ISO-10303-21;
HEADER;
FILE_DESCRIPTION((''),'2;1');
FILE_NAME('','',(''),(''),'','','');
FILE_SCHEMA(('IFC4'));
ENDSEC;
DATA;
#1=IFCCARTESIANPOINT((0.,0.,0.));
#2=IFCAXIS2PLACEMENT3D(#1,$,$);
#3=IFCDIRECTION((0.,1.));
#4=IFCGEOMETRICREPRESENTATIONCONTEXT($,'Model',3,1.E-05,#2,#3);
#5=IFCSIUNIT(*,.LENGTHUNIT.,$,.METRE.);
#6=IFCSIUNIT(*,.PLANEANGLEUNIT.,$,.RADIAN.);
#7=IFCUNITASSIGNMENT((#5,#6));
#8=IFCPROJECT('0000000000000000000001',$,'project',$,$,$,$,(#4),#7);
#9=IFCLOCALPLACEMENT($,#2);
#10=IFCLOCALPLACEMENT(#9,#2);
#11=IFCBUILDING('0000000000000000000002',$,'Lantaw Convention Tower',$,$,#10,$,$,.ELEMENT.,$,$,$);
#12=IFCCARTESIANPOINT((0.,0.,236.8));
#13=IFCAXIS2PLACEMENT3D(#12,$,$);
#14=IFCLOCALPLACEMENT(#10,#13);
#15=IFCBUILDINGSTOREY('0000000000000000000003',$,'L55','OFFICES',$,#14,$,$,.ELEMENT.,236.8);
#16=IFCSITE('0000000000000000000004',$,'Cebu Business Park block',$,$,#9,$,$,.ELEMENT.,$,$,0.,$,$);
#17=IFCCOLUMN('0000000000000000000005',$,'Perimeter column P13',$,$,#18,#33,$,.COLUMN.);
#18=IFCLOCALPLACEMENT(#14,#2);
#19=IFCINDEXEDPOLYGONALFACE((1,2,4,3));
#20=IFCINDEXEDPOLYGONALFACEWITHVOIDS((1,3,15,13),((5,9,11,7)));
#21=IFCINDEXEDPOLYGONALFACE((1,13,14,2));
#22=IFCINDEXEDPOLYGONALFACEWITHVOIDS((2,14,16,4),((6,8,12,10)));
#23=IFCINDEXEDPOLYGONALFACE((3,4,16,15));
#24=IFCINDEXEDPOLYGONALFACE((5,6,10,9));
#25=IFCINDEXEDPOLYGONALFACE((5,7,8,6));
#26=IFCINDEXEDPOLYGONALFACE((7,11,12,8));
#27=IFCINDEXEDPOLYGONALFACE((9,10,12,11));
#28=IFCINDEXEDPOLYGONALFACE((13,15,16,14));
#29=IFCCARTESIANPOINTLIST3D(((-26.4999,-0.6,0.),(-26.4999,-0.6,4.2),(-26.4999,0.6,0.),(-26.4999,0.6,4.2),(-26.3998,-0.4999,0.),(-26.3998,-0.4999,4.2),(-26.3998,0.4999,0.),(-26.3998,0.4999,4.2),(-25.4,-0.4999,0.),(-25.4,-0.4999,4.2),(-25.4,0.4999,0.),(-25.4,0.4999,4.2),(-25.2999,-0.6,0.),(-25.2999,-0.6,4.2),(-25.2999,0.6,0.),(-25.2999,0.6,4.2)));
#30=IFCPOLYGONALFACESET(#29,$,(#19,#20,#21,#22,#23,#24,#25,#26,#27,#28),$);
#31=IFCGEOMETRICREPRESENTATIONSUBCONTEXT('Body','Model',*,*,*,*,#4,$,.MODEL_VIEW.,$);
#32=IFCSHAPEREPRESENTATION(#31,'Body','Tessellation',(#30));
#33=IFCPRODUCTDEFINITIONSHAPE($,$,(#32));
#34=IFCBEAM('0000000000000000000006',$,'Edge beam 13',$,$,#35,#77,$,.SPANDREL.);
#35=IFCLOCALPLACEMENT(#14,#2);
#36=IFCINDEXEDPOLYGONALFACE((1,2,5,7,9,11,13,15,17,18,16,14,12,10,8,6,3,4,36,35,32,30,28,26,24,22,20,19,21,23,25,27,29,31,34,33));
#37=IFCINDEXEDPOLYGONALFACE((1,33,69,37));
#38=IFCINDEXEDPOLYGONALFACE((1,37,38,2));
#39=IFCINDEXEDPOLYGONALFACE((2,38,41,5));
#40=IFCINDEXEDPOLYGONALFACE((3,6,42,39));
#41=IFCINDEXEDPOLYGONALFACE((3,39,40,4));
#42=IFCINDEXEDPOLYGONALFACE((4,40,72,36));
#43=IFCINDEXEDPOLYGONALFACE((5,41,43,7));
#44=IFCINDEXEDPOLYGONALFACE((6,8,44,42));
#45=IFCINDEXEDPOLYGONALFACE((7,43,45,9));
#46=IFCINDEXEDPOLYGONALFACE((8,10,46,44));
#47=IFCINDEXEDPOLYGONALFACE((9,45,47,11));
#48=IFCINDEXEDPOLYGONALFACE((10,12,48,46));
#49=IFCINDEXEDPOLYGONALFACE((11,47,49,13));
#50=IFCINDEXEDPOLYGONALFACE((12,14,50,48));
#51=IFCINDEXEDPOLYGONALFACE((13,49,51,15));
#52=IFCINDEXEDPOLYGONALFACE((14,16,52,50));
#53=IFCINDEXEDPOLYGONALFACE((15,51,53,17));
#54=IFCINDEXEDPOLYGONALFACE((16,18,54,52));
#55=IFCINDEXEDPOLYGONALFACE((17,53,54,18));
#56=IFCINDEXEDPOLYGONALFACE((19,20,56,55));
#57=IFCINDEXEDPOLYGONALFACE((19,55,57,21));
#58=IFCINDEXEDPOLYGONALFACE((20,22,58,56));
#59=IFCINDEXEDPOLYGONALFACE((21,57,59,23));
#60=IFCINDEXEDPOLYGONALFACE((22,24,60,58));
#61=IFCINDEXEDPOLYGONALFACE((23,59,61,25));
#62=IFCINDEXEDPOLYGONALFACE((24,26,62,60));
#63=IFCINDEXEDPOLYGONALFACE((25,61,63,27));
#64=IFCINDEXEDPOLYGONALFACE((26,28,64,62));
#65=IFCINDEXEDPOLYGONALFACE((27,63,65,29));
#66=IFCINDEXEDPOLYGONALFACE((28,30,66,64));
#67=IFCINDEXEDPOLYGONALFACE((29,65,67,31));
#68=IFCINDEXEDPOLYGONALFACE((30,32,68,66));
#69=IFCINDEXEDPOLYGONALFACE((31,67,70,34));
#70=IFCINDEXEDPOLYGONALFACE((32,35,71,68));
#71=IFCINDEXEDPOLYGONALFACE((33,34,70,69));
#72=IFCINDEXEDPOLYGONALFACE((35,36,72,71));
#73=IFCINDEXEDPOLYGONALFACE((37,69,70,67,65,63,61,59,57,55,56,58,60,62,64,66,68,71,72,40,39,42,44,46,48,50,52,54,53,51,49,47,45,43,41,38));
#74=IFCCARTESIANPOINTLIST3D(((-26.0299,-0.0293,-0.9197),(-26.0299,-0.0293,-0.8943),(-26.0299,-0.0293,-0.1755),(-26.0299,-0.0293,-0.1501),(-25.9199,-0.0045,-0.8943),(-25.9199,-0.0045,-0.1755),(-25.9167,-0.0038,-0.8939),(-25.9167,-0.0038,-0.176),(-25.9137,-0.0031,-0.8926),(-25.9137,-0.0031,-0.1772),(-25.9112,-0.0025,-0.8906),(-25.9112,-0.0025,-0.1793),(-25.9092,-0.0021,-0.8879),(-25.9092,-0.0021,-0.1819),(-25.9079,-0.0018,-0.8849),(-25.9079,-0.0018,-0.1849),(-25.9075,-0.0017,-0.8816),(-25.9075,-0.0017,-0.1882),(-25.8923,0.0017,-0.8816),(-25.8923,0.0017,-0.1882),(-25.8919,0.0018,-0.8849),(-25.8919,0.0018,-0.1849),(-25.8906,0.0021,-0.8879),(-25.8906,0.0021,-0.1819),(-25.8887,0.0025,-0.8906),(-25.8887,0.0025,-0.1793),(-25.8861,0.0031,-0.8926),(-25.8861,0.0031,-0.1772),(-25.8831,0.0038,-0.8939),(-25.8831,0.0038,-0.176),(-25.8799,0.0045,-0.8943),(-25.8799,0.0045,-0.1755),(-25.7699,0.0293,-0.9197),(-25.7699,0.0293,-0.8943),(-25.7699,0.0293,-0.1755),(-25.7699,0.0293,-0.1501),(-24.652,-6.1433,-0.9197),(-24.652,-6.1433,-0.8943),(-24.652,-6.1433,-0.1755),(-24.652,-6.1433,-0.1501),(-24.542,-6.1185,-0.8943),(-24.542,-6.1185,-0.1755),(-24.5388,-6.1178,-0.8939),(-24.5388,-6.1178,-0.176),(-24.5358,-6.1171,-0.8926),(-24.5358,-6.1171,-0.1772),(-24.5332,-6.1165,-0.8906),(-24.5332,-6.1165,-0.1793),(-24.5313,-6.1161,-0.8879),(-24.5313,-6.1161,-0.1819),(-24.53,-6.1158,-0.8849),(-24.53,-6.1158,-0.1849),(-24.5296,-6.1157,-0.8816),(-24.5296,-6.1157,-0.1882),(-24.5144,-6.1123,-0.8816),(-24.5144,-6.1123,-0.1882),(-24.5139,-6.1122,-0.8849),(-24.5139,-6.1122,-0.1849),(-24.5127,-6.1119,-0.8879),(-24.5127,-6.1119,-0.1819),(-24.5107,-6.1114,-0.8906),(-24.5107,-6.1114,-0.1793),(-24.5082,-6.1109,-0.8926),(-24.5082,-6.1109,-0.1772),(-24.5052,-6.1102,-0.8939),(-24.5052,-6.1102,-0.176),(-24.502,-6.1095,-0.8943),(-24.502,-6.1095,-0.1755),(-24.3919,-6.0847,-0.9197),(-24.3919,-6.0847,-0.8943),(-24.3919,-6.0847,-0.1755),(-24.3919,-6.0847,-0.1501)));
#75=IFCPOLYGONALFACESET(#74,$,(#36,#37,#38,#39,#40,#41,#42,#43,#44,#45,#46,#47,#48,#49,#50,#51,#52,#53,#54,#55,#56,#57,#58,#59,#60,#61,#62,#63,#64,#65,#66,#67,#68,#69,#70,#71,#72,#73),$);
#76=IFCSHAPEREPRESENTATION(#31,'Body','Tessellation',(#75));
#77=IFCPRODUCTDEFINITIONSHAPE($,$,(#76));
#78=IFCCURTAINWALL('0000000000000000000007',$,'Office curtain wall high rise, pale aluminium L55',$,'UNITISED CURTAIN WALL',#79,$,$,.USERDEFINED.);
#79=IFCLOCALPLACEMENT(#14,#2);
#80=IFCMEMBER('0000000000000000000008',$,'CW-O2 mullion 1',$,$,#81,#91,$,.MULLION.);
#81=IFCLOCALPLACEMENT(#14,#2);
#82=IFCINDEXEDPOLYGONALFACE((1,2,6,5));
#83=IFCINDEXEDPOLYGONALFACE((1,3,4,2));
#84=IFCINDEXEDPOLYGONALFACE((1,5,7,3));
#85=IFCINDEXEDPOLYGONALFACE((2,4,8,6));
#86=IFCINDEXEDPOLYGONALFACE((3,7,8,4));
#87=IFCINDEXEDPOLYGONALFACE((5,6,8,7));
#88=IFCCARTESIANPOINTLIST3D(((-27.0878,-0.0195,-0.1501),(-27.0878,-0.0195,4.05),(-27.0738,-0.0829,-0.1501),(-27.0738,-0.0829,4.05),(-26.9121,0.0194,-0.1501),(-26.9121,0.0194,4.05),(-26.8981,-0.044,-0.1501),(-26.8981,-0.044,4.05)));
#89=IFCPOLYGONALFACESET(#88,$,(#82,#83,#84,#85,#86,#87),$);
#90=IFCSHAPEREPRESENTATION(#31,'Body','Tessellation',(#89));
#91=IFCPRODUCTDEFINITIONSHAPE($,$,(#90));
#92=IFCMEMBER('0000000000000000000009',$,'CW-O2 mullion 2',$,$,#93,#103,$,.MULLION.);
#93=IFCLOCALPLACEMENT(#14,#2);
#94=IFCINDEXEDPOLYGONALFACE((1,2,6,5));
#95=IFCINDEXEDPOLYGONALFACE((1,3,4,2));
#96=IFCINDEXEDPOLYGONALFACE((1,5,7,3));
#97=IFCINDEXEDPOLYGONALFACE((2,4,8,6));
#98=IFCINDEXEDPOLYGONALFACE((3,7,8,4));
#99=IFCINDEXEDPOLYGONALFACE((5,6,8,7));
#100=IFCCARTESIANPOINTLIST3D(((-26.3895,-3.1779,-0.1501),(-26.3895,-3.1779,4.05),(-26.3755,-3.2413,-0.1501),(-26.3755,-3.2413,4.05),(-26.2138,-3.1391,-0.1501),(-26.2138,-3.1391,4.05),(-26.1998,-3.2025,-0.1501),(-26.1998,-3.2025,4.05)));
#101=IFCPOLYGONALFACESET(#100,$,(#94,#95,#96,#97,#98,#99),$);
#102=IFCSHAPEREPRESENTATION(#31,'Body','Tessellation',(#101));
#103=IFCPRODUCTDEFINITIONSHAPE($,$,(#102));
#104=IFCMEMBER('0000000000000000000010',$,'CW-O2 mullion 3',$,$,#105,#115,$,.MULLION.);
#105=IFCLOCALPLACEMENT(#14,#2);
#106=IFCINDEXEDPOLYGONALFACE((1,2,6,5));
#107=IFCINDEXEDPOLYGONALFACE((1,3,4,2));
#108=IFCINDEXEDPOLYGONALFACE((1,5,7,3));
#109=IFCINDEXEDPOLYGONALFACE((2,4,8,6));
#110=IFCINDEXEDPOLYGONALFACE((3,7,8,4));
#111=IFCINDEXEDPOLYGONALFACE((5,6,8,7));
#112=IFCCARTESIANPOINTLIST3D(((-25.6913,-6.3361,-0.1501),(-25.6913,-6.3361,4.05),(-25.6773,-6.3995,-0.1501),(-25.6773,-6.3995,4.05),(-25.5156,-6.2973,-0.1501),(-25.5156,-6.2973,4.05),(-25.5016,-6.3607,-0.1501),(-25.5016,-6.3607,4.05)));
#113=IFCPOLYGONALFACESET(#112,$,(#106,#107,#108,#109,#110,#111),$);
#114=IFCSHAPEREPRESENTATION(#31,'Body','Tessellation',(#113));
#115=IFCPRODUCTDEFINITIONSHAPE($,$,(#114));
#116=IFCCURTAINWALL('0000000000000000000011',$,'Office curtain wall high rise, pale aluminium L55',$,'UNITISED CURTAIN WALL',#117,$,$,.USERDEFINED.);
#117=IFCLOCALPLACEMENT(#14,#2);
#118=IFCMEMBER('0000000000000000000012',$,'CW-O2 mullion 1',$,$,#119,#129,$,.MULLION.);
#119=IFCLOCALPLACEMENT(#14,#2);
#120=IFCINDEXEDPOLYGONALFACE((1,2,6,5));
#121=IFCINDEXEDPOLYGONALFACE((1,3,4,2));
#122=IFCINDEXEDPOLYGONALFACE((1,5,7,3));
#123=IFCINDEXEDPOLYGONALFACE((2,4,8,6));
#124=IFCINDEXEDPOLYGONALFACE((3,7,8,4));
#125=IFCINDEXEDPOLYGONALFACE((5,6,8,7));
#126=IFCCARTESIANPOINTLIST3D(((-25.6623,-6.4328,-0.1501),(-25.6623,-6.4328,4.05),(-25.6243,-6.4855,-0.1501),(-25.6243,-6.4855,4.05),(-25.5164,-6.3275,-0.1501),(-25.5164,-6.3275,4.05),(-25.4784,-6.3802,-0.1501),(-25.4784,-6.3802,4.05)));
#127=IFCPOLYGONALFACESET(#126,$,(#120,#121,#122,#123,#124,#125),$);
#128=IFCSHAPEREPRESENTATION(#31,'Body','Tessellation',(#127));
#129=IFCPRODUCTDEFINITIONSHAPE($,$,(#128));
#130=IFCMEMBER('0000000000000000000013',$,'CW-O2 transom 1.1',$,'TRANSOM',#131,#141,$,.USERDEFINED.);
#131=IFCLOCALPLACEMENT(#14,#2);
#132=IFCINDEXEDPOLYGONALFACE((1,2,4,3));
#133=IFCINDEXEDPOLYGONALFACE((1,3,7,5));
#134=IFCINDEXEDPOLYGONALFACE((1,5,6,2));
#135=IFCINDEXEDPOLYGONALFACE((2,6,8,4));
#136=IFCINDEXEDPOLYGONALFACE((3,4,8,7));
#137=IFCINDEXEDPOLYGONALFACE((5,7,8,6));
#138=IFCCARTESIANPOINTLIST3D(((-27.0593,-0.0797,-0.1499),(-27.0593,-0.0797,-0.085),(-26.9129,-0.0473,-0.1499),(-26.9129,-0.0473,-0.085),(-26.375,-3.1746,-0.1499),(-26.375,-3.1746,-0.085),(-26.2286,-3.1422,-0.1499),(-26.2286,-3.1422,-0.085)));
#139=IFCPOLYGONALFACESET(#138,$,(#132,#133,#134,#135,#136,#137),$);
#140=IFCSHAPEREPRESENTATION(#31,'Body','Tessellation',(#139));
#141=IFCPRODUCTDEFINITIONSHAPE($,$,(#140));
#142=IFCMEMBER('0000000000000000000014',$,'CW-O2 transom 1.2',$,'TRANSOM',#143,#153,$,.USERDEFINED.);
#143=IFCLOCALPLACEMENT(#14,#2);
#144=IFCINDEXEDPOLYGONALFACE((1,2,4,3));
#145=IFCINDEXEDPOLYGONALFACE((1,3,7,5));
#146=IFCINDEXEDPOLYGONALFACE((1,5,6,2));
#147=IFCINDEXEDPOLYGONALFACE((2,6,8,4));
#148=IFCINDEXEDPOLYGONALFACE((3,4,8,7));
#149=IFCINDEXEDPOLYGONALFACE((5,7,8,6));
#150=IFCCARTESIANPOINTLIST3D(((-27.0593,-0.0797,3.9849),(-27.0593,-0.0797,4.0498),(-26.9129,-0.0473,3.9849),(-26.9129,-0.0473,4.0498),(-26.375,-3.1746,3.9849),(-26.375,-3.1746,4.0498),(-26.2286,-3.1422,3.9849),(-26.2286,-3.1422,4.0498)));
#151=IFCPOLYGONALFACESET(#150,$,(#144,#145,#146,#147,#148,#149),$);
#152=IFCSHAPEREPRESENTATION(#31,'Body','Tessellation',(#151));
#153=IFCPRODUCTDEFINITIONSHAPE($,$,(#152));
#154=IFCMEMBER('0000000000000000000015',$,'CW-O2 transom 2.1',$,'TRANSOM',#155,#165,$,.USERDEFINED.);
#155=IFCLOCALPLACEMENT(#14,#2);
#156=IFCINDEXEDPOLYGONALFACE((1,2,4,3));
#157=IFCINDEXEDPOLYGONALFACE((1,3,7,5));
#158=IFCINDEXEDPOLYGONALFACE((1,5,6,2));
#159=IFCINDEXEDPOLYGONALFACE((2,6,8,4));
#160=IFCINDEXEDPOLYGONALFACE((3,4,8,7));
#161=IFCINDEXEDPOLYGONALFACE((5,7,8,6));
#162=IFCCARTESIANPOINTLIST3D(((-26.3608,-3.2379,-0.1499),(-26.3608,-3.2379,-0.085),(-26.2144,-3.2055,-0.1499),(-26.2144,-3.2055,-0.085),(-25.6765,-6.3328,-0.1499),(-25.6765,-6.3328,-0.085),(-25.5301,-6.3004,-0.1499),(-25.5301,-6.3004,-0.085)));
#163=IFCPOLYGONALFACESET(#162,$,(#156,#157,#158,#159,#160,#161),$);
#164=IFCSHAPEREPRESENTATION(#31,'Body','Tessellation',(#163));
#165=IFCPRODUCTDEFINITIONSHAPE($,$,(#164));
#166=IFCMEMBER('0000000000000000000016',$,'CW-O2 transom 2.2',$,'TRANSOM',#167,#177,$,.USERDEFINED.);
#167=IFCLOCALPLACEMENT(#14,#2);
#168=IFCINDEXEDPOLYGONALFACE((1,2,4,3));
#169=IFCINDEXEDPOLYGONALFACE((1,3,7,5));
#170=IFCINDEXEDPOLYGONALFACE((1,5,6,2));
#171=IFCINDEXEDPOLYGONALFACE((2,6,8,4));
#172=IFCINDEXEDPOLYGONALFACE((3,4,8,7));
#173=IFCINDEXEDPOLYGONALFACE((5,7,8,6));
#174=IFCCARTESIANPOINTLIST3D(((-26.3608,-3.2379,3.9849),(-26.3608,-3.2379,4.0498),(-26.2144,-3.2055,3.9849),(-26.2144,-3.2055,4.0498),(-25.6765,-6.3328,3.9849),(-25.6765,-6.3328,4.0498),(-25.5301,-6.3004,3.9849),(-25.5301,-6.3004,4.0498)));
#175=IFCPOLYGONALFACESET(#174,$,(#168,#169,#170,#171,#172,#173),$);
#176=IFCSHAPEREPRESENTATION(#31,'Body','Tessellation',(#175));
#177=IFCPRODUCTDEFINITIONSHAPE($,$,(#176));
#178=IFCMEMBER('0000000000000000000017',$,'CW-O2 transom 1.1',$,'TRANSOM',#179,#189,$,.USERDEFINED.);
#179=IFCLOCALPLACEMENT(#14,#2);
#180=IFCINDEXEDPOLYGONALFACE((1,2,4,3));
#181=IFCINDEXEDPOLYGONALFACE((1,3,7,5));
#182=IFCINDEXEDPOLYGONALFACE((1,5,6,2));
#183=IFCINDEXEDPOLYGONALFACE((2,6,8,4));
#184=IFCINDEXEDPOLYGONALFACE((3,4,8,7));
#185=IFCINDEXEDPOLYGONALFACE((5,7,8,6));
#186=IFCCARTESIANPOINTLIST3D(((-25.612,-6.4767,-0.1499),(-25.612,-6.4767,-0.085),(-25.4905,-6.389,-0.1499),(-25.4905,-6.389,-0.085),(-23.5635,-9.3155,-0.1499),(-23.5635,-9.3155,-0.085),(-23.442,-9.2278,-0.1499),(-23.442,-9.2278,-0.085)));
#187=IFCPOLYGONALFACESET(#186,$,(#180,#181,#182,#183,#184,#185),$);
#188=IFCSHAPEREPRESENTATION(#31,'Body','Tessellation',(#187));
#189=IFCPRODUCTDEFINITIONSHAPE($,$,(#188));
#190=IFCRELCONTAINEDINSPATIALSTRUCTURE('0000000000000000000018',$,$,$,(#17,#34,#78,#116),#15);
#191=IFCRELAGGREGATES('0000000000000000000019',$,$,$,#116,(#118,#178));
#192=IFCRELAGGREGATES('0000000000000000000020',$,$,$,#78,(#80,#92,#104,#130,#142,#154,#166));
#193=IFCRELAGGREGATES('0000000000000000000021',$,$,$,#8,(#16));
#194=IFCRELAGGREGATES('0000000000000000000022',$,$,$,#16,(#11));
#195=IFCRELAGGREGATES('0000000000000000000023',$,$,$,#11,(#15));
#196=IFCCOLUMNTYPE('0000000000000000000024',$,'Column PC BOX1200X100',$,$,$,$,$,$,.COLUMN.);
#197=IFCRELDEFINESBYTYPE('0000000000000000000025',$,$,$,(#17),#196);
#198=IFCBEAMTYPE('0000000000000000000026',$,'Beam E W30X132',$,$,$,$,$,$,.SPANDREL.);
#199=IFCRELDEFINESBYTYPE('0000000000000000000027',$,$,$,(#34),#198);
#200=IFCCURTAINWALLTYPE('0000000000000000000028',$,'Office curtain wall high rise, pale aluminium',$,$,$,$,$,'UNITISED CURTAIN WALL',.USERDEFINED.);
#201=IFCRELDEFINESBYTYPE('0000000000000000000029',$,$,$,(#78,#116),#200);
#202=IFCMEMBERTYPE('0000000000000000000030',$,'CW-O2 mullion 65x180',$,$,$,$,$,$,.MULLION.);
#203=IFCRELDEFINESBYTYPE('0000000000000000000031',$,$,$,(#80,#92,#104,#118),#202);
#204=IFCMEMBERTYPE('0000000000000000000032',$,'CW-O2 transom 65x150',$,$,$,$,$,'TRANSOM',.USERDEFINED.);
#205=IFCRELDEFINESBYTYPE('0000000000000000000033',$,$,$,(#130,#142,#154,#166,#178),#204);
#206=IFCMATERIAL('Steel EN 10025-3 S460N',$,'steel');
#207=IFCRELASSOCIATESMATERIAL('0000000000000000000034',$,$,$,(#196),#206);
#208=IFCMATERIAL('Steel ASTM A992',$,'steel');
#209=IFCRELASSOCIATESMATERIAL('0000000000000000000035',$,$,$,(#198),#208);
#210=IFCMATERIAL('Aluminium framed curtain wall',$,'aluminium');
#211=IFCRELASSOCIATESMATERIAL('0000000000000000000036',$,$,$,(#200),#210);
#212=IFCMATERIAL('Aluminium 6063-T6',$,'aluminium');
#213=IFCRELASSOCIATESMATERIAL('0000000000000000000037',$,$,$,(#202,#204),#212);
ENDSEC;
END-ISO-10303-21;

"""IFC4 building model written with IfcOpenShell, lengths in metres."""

from ifc_helpers import new_model, si_unit, direction, frame, origin, origin_2d, place, context, subcontext, project, spatial, rectangle, hollow_rectangle, i_section, extrude, material, material_profile, profile_set, type_object, element, aggregate, save


model = new_model("IFC4")

# Units and contexts
model_context = context("Model", 3, precision=1e-05, world=origin(), true_north=direction((0.0, 1.0)))
body_context = subcontext(model_context, "Body", "Model", "MODEL_VIEW")
ifc_project = project(units=[si_unit("LENGTHUNIT", "METRE"), si_unit("PLANEANGLEUNIT", "RADIAN")], contexts=[model_context])

# Site, building, storey
site_placement = place(None, origin())
site = spatial("IfcSite", under=ifc_project, at=site_placement, Name="Cebu Business Park block", CompositionType="ELEMENT", RefElevation=0.0)
building_placement = place(site_placement, origin())
building = spatial("IfcBuilding", under=site, at=building_placement, Name="Lantaw Convention Tower", CompositionType="ELEMENT")
storey_placement = place(building_placement, frame((0.0, 0.0, 236.8)))
storey = spatial("IfcBuildingStorey", under=building, at=storey_placement, Name="L55", Description="OFFICES", CompositionType="ELEMENT", Elevation=236.8)

# Column
ifc_material_1 = material(Name="Steel EN 10025-3 S460N", Category="steel")
ifc_material_profile_1 = material_profile(ifc_material_1, hollow_rectangle(XDim=1.2, YDim=1.2, WallThickness=0.1001, at=origin_2d()), Name="BOX1200X100")
ifc_material_2 = material(Name="Concrete C60/75", Category="concrete")
ifc_material_profile_2 = material_profile(ifc_material_2, rectangle(XDim=1.0, YDim=1.0, at=origin_2d()), Name="Concrete fill of BOX1200X100")
ifc_profile_set_1 = profile_set([ifc_material_profile_1, ifc_material_profile_2], Name="Steel EN 10025-3 S460N")
column_type = type_object("IfcColumnType", Name="Column PC BOX1200X100", PredefinedType="COLUMN", material=ifc_profile_set_1)
column_placement = place(storey_placement, frame((-25.8999, 0.0, 0.0), z_axis=(0.0, 0.0, 1.0), x_axis=(1.0, 0.0, 0.0)))
element("IfcColumn", 1, at=column_placement, inside=storey, type_object=column_type, Name="Perimeter column P13", PredefinedType="COLUMN", context=body_context, shape_type="SweptSolid", body=[
    extrude(hollow_rectangle(XDim=1.2, YDim=1.2, WallThickness=0.1001, at=origin_2d()), origin(), (0.0, 0.0, 1.0), 4.2),
])

# Beam
ifc_material_3 = material(Name="Steel ASTM A992", Category="steel")
ifc_material_profile_3 = material_profile(ifc_material_3, i_section(OverallWidth=0.2666, OverallDepth=0.7695, WebThickness=0.0156, FlangeThickness=0.0254, FilletRadius=0.0127, at=origin_2d()), Name="W30X132")
ifc_profile_set_2 = profile_set([ifc_material_profile_3], Name="Steel ASTM A992")
beam_type = type_object("IfcBeamType", Name="Beam E W30X132", PredefinedType="SPANDREL", material=ifc_profile_set_2)
beam_placement = place(storey_placement, frame((-25.8999, 0.0, -0.5349), z_axis=(0.219858, -0.975532, 0.0), x_axis=(0.975532, 0.219858, 0.0)))
element("IfcBeam", 2, at=beam_placement, inside=storey, type_object=beam_type, Name="Edge beam 13", PredefinedType="SPANDREL", context=body_context, shape_type="SweptSolid", body=[
    extrude(i_section(OverallWidth=0.2666, OverallDepth=0.7695, WebThickness=0.0156, FlangeThickness=0.0254, FilletRadius=0.0127, at=origin_2d()), origin(), (0.0, 0.0, 1.0), 6.2673),
])

# Curtain wall, members
ifc_material_4 = material(Name="Aluminium framed curtain wall", Category="aluminium")
curtain_wall_type = type_object("IfcCurtainWallType", Name="Office curtain wall high rise, pale aluminium", ElementType="UNITISED CURTAIN WALL", PredefinedType="USERDEFINED", material=ifc_material_4)
curtain_wall_1_placement = place(storey_placement, origin())
curtain_wall_1 = element("IfcCurtainWall", 3, at=curtain_wall_1_placement, inside=storey, type_object=curtain_wall_type, Name="Office curtain wall high rise, pale aluminium L55", ObjectType="UNITISED CURTAIN WALL", PredefinedType="USERDEFINED")
ifc_material_5 = material(Name="Aluminium 6063-T6", Category="aluminium")
ifc_material_profile_4 = material_profile(ifc_material_5, rectangle(XDim=0.1799, YDim=0.0649, at=origin_2d()), Name="CW-O2 mullion 65x180")
ifc_profile_set_3 = profile_set([ifc_material_profile_4], Name="Aluminium 6063-T6")
member_type_1 = type_object("IfcMemberType", Name="CW-O2 mullion 65x180", PredefinedType="MULLION", material=ifc_profile_set_3)
member_1_placement = place(storey_placement, frame((-26.9929, -0.0317, -0.1501), z_axis=(0.0, 0.0, 1.0), x_axis=(0.976417, 0.215891, 0.0)))
member_1 = element("IfcMember", 4, at=member_1_placement, type_object=member_type_1, Name="CW-O2 mullion 1", PredefinedType="MULLION", context=body_context, shape_type="SweptSolid", body=[
    extrude(rectangle(XDim=0.1799, YDim=0.0649, at=origin_2d()), origin(), (0.0, 0.0, 1.0), 4.2002),
])
member_2_placement = place(storey_placement, frame((-26.2947, -3.1902, -0.1501), z_axis=(0.0, 0.0, 1.0), x_axis=(0.976417, 0.215891, 0.0)))
member_2 = element("IfcMember", 5, at=member_2_placement, type_object=member_type_1, Name="CW-O2 mullion 2", PredefinedType="MULLION", context=body_context, shape_type="SweptSolid", body=[
    extrude(rectangle(XDim=0.1799, YDim=0.0649, at=origin_2d()), origin(), (0.0, 0.0, 1.0), 4.2002),
])
member_3_placement = place(storey_placement, frame((-25.5964, -6.3484, -0.1501), z_axis=(0.0, 0.0, 1.0), x_axis=(0.976417, 0.215891, 0.0)))
member_3 = element("IfcMember", 6, at=member_3_placement, type_object=member_type_1, Name="CW-O2 mullion 3", PredefinedType="MULLION", context=body_context, shape_type="SweptSolid", body=[
    extrude(rectangle(XDim=0.1799, YDim=0.0649, at=origin_2d()), origin(), (0.0, 0.0, 1.0), 4.2002),
])

# Curtain wall, member
curtain_wall_2_placement = place(storey_placement, origin())
curtain_wall_2 = element("IfcCurtainWall", 7, at=curtain_wall_2_placement, inside=storey, type_object=curtain_wall_type, Name="Office curtain wall high rise, pale aluminium L55", ObjectType="UNITISED CURTAIN WALL", PredefinedType="USERDEFINED")
member_4_placement = place(storey_placement, frame((-25.5703, -6.4065, -0.1501), z_axis=(0.0, 0.0, 1.0), x_axis=(0.81092, 0.585158, 0.0)))
member_4 = element("IfcMember", 8, at=member_4_placement, type_object=member_type_1, Name="CW-O2 mullion 1", PredefinedType="MULLION", context=body_context, shape_type="SweptSolid", body=[
    extrude(rectangle(XDim=0.1799, YDim=0.0649, at=origin_2d()), origin(), (0.0, 0.0, 1.0), 4.2002),
])

# Members
ifc_material_profile_5 = material_profile(ifc_material_5, rectangle(XDim=0.1499, YDim=0.0649, at=origin_2d()), Name="CW-O2 transom 65x150")
ifc_profile_set_4 = profile_set([ifc_material_profile_5], Name="Aluminium 6063-T6")
member_type_2 = type_object("IfcMemberType", Name="CW-O2 transom 65x150", ElementType="TRANSOM", PredefinedType="USERDEFINED", material=ifc_profile_set_4)
member_5_placement = place(storey_placement, frame((-26.9861, -0.0635, -0.1174), z_axis=(0.215895, -0.976417, 0.0), x_axis=(0.976417, 0.215895, 0.0)))
member_5 = element("IfcMember", 9, at=member_5_placement, type_object=member_type_2, Name="CW-O2 transom 1.1", ObjectType="TRANSOM", PredefinedType="USERDEFINED", context=body_context, shape_type="SweptSolid", body=[
    extrude(rectangle(XDim=0.1499, YDim=0.0649, at=origin_2d()), origin(), (0.0, 0.0, 1.0), 3.1697),
])
member_6_placement = place(storey_placement, frame((-26.9861, -0.0635, 4.0173), z_axis=(0.215895, -0.976417, 0.0), x_axis=(0.976417, 0.215895, 0.0)))
member_6 = element("IfcMember", 10, at=member_6_placement, type_object=member_type_2, Name="CW-O2 transom 1.2", ObjectType="TRANSOM", PredefinedType="USERDEFINED", context=body_context, shape_type="SweptSolid", body=[
    extrude(rectangle(XDim=0.1499, YDim=0.0649, at=origin_2d()), origin(), (0.0, 0.0, 1.0), 3.1697),
])
member_7_placement = place(storey_placement, frame((-26.2876, -3.2217, -0.1174), z_axis=(0.215895, -0.976417, 0.0), x_axis=(0.976417, 0.215895, 0.0)))
member_7 = element("IfcMember", 11, at=member_7_placement, type_object=member_type_2, Name="CW-O2 transom 2.1", ObjectType="TRANSOM", PredefinedType="USERDEFINED", context=body_context, shape_type="SweptSolid", body=[
    extrude(rectangle(XDim=0.1499, YDim=0.0649, at=origin_2d()), origin(), (0.0, 0.0, 1.0), 3.1697),
])
member_8_placement = place(storey_placement, frame((-26.2876, -3.2217, 4.0173), z_axis=(0.215895, -0.976417, 0.0), x_axis=(0.976417, 0.215895, 0.0)))
member_8 = element("IfcMember", 12, at=member_8_placement, type_object=member_type_2, Name="CW-O2 transom 2.2", ObjectType="TRANSOM", PredefinedType="USERDEFINED", context=body_context, shape_type="SweptSolid", body=[
    extrude(rectangle(XDim=0.1499, YDim=0.0649, at=origin_2d()), origin(), (0.0, 0.0, 1.0), 3.1697),
])
member_9_placement = place(storey_placement, frame((-25.5513, -6.4329, -0.1174), z_axis=(0.58517, -0.810911, 0.0), x_axis=(0.810911, 0.58517, 0.0)))
member_9 = element("IfcMember", 13, at=member_9_placement, type_object=member_type_2, Name="CW-O2 transom 1.1", ObjectType="TRANSOM", PredefinedType="USERDEFINED", context=body_context, shape_type="SweptSolid", body=[
    extrude(rectangle(XDim=0.1499, YDim=0.0649, at=origin_2d()), origin(), (0.0, 0.0, 1.0), 3.5007),
])
aggregate(curtain_wall_2, [member_4, member_9])

aggregate(curtain_wall_1, [member_1, member_2, member_3, member_5, member_6, member_7, member_8])

save(model, "model.ifc")
